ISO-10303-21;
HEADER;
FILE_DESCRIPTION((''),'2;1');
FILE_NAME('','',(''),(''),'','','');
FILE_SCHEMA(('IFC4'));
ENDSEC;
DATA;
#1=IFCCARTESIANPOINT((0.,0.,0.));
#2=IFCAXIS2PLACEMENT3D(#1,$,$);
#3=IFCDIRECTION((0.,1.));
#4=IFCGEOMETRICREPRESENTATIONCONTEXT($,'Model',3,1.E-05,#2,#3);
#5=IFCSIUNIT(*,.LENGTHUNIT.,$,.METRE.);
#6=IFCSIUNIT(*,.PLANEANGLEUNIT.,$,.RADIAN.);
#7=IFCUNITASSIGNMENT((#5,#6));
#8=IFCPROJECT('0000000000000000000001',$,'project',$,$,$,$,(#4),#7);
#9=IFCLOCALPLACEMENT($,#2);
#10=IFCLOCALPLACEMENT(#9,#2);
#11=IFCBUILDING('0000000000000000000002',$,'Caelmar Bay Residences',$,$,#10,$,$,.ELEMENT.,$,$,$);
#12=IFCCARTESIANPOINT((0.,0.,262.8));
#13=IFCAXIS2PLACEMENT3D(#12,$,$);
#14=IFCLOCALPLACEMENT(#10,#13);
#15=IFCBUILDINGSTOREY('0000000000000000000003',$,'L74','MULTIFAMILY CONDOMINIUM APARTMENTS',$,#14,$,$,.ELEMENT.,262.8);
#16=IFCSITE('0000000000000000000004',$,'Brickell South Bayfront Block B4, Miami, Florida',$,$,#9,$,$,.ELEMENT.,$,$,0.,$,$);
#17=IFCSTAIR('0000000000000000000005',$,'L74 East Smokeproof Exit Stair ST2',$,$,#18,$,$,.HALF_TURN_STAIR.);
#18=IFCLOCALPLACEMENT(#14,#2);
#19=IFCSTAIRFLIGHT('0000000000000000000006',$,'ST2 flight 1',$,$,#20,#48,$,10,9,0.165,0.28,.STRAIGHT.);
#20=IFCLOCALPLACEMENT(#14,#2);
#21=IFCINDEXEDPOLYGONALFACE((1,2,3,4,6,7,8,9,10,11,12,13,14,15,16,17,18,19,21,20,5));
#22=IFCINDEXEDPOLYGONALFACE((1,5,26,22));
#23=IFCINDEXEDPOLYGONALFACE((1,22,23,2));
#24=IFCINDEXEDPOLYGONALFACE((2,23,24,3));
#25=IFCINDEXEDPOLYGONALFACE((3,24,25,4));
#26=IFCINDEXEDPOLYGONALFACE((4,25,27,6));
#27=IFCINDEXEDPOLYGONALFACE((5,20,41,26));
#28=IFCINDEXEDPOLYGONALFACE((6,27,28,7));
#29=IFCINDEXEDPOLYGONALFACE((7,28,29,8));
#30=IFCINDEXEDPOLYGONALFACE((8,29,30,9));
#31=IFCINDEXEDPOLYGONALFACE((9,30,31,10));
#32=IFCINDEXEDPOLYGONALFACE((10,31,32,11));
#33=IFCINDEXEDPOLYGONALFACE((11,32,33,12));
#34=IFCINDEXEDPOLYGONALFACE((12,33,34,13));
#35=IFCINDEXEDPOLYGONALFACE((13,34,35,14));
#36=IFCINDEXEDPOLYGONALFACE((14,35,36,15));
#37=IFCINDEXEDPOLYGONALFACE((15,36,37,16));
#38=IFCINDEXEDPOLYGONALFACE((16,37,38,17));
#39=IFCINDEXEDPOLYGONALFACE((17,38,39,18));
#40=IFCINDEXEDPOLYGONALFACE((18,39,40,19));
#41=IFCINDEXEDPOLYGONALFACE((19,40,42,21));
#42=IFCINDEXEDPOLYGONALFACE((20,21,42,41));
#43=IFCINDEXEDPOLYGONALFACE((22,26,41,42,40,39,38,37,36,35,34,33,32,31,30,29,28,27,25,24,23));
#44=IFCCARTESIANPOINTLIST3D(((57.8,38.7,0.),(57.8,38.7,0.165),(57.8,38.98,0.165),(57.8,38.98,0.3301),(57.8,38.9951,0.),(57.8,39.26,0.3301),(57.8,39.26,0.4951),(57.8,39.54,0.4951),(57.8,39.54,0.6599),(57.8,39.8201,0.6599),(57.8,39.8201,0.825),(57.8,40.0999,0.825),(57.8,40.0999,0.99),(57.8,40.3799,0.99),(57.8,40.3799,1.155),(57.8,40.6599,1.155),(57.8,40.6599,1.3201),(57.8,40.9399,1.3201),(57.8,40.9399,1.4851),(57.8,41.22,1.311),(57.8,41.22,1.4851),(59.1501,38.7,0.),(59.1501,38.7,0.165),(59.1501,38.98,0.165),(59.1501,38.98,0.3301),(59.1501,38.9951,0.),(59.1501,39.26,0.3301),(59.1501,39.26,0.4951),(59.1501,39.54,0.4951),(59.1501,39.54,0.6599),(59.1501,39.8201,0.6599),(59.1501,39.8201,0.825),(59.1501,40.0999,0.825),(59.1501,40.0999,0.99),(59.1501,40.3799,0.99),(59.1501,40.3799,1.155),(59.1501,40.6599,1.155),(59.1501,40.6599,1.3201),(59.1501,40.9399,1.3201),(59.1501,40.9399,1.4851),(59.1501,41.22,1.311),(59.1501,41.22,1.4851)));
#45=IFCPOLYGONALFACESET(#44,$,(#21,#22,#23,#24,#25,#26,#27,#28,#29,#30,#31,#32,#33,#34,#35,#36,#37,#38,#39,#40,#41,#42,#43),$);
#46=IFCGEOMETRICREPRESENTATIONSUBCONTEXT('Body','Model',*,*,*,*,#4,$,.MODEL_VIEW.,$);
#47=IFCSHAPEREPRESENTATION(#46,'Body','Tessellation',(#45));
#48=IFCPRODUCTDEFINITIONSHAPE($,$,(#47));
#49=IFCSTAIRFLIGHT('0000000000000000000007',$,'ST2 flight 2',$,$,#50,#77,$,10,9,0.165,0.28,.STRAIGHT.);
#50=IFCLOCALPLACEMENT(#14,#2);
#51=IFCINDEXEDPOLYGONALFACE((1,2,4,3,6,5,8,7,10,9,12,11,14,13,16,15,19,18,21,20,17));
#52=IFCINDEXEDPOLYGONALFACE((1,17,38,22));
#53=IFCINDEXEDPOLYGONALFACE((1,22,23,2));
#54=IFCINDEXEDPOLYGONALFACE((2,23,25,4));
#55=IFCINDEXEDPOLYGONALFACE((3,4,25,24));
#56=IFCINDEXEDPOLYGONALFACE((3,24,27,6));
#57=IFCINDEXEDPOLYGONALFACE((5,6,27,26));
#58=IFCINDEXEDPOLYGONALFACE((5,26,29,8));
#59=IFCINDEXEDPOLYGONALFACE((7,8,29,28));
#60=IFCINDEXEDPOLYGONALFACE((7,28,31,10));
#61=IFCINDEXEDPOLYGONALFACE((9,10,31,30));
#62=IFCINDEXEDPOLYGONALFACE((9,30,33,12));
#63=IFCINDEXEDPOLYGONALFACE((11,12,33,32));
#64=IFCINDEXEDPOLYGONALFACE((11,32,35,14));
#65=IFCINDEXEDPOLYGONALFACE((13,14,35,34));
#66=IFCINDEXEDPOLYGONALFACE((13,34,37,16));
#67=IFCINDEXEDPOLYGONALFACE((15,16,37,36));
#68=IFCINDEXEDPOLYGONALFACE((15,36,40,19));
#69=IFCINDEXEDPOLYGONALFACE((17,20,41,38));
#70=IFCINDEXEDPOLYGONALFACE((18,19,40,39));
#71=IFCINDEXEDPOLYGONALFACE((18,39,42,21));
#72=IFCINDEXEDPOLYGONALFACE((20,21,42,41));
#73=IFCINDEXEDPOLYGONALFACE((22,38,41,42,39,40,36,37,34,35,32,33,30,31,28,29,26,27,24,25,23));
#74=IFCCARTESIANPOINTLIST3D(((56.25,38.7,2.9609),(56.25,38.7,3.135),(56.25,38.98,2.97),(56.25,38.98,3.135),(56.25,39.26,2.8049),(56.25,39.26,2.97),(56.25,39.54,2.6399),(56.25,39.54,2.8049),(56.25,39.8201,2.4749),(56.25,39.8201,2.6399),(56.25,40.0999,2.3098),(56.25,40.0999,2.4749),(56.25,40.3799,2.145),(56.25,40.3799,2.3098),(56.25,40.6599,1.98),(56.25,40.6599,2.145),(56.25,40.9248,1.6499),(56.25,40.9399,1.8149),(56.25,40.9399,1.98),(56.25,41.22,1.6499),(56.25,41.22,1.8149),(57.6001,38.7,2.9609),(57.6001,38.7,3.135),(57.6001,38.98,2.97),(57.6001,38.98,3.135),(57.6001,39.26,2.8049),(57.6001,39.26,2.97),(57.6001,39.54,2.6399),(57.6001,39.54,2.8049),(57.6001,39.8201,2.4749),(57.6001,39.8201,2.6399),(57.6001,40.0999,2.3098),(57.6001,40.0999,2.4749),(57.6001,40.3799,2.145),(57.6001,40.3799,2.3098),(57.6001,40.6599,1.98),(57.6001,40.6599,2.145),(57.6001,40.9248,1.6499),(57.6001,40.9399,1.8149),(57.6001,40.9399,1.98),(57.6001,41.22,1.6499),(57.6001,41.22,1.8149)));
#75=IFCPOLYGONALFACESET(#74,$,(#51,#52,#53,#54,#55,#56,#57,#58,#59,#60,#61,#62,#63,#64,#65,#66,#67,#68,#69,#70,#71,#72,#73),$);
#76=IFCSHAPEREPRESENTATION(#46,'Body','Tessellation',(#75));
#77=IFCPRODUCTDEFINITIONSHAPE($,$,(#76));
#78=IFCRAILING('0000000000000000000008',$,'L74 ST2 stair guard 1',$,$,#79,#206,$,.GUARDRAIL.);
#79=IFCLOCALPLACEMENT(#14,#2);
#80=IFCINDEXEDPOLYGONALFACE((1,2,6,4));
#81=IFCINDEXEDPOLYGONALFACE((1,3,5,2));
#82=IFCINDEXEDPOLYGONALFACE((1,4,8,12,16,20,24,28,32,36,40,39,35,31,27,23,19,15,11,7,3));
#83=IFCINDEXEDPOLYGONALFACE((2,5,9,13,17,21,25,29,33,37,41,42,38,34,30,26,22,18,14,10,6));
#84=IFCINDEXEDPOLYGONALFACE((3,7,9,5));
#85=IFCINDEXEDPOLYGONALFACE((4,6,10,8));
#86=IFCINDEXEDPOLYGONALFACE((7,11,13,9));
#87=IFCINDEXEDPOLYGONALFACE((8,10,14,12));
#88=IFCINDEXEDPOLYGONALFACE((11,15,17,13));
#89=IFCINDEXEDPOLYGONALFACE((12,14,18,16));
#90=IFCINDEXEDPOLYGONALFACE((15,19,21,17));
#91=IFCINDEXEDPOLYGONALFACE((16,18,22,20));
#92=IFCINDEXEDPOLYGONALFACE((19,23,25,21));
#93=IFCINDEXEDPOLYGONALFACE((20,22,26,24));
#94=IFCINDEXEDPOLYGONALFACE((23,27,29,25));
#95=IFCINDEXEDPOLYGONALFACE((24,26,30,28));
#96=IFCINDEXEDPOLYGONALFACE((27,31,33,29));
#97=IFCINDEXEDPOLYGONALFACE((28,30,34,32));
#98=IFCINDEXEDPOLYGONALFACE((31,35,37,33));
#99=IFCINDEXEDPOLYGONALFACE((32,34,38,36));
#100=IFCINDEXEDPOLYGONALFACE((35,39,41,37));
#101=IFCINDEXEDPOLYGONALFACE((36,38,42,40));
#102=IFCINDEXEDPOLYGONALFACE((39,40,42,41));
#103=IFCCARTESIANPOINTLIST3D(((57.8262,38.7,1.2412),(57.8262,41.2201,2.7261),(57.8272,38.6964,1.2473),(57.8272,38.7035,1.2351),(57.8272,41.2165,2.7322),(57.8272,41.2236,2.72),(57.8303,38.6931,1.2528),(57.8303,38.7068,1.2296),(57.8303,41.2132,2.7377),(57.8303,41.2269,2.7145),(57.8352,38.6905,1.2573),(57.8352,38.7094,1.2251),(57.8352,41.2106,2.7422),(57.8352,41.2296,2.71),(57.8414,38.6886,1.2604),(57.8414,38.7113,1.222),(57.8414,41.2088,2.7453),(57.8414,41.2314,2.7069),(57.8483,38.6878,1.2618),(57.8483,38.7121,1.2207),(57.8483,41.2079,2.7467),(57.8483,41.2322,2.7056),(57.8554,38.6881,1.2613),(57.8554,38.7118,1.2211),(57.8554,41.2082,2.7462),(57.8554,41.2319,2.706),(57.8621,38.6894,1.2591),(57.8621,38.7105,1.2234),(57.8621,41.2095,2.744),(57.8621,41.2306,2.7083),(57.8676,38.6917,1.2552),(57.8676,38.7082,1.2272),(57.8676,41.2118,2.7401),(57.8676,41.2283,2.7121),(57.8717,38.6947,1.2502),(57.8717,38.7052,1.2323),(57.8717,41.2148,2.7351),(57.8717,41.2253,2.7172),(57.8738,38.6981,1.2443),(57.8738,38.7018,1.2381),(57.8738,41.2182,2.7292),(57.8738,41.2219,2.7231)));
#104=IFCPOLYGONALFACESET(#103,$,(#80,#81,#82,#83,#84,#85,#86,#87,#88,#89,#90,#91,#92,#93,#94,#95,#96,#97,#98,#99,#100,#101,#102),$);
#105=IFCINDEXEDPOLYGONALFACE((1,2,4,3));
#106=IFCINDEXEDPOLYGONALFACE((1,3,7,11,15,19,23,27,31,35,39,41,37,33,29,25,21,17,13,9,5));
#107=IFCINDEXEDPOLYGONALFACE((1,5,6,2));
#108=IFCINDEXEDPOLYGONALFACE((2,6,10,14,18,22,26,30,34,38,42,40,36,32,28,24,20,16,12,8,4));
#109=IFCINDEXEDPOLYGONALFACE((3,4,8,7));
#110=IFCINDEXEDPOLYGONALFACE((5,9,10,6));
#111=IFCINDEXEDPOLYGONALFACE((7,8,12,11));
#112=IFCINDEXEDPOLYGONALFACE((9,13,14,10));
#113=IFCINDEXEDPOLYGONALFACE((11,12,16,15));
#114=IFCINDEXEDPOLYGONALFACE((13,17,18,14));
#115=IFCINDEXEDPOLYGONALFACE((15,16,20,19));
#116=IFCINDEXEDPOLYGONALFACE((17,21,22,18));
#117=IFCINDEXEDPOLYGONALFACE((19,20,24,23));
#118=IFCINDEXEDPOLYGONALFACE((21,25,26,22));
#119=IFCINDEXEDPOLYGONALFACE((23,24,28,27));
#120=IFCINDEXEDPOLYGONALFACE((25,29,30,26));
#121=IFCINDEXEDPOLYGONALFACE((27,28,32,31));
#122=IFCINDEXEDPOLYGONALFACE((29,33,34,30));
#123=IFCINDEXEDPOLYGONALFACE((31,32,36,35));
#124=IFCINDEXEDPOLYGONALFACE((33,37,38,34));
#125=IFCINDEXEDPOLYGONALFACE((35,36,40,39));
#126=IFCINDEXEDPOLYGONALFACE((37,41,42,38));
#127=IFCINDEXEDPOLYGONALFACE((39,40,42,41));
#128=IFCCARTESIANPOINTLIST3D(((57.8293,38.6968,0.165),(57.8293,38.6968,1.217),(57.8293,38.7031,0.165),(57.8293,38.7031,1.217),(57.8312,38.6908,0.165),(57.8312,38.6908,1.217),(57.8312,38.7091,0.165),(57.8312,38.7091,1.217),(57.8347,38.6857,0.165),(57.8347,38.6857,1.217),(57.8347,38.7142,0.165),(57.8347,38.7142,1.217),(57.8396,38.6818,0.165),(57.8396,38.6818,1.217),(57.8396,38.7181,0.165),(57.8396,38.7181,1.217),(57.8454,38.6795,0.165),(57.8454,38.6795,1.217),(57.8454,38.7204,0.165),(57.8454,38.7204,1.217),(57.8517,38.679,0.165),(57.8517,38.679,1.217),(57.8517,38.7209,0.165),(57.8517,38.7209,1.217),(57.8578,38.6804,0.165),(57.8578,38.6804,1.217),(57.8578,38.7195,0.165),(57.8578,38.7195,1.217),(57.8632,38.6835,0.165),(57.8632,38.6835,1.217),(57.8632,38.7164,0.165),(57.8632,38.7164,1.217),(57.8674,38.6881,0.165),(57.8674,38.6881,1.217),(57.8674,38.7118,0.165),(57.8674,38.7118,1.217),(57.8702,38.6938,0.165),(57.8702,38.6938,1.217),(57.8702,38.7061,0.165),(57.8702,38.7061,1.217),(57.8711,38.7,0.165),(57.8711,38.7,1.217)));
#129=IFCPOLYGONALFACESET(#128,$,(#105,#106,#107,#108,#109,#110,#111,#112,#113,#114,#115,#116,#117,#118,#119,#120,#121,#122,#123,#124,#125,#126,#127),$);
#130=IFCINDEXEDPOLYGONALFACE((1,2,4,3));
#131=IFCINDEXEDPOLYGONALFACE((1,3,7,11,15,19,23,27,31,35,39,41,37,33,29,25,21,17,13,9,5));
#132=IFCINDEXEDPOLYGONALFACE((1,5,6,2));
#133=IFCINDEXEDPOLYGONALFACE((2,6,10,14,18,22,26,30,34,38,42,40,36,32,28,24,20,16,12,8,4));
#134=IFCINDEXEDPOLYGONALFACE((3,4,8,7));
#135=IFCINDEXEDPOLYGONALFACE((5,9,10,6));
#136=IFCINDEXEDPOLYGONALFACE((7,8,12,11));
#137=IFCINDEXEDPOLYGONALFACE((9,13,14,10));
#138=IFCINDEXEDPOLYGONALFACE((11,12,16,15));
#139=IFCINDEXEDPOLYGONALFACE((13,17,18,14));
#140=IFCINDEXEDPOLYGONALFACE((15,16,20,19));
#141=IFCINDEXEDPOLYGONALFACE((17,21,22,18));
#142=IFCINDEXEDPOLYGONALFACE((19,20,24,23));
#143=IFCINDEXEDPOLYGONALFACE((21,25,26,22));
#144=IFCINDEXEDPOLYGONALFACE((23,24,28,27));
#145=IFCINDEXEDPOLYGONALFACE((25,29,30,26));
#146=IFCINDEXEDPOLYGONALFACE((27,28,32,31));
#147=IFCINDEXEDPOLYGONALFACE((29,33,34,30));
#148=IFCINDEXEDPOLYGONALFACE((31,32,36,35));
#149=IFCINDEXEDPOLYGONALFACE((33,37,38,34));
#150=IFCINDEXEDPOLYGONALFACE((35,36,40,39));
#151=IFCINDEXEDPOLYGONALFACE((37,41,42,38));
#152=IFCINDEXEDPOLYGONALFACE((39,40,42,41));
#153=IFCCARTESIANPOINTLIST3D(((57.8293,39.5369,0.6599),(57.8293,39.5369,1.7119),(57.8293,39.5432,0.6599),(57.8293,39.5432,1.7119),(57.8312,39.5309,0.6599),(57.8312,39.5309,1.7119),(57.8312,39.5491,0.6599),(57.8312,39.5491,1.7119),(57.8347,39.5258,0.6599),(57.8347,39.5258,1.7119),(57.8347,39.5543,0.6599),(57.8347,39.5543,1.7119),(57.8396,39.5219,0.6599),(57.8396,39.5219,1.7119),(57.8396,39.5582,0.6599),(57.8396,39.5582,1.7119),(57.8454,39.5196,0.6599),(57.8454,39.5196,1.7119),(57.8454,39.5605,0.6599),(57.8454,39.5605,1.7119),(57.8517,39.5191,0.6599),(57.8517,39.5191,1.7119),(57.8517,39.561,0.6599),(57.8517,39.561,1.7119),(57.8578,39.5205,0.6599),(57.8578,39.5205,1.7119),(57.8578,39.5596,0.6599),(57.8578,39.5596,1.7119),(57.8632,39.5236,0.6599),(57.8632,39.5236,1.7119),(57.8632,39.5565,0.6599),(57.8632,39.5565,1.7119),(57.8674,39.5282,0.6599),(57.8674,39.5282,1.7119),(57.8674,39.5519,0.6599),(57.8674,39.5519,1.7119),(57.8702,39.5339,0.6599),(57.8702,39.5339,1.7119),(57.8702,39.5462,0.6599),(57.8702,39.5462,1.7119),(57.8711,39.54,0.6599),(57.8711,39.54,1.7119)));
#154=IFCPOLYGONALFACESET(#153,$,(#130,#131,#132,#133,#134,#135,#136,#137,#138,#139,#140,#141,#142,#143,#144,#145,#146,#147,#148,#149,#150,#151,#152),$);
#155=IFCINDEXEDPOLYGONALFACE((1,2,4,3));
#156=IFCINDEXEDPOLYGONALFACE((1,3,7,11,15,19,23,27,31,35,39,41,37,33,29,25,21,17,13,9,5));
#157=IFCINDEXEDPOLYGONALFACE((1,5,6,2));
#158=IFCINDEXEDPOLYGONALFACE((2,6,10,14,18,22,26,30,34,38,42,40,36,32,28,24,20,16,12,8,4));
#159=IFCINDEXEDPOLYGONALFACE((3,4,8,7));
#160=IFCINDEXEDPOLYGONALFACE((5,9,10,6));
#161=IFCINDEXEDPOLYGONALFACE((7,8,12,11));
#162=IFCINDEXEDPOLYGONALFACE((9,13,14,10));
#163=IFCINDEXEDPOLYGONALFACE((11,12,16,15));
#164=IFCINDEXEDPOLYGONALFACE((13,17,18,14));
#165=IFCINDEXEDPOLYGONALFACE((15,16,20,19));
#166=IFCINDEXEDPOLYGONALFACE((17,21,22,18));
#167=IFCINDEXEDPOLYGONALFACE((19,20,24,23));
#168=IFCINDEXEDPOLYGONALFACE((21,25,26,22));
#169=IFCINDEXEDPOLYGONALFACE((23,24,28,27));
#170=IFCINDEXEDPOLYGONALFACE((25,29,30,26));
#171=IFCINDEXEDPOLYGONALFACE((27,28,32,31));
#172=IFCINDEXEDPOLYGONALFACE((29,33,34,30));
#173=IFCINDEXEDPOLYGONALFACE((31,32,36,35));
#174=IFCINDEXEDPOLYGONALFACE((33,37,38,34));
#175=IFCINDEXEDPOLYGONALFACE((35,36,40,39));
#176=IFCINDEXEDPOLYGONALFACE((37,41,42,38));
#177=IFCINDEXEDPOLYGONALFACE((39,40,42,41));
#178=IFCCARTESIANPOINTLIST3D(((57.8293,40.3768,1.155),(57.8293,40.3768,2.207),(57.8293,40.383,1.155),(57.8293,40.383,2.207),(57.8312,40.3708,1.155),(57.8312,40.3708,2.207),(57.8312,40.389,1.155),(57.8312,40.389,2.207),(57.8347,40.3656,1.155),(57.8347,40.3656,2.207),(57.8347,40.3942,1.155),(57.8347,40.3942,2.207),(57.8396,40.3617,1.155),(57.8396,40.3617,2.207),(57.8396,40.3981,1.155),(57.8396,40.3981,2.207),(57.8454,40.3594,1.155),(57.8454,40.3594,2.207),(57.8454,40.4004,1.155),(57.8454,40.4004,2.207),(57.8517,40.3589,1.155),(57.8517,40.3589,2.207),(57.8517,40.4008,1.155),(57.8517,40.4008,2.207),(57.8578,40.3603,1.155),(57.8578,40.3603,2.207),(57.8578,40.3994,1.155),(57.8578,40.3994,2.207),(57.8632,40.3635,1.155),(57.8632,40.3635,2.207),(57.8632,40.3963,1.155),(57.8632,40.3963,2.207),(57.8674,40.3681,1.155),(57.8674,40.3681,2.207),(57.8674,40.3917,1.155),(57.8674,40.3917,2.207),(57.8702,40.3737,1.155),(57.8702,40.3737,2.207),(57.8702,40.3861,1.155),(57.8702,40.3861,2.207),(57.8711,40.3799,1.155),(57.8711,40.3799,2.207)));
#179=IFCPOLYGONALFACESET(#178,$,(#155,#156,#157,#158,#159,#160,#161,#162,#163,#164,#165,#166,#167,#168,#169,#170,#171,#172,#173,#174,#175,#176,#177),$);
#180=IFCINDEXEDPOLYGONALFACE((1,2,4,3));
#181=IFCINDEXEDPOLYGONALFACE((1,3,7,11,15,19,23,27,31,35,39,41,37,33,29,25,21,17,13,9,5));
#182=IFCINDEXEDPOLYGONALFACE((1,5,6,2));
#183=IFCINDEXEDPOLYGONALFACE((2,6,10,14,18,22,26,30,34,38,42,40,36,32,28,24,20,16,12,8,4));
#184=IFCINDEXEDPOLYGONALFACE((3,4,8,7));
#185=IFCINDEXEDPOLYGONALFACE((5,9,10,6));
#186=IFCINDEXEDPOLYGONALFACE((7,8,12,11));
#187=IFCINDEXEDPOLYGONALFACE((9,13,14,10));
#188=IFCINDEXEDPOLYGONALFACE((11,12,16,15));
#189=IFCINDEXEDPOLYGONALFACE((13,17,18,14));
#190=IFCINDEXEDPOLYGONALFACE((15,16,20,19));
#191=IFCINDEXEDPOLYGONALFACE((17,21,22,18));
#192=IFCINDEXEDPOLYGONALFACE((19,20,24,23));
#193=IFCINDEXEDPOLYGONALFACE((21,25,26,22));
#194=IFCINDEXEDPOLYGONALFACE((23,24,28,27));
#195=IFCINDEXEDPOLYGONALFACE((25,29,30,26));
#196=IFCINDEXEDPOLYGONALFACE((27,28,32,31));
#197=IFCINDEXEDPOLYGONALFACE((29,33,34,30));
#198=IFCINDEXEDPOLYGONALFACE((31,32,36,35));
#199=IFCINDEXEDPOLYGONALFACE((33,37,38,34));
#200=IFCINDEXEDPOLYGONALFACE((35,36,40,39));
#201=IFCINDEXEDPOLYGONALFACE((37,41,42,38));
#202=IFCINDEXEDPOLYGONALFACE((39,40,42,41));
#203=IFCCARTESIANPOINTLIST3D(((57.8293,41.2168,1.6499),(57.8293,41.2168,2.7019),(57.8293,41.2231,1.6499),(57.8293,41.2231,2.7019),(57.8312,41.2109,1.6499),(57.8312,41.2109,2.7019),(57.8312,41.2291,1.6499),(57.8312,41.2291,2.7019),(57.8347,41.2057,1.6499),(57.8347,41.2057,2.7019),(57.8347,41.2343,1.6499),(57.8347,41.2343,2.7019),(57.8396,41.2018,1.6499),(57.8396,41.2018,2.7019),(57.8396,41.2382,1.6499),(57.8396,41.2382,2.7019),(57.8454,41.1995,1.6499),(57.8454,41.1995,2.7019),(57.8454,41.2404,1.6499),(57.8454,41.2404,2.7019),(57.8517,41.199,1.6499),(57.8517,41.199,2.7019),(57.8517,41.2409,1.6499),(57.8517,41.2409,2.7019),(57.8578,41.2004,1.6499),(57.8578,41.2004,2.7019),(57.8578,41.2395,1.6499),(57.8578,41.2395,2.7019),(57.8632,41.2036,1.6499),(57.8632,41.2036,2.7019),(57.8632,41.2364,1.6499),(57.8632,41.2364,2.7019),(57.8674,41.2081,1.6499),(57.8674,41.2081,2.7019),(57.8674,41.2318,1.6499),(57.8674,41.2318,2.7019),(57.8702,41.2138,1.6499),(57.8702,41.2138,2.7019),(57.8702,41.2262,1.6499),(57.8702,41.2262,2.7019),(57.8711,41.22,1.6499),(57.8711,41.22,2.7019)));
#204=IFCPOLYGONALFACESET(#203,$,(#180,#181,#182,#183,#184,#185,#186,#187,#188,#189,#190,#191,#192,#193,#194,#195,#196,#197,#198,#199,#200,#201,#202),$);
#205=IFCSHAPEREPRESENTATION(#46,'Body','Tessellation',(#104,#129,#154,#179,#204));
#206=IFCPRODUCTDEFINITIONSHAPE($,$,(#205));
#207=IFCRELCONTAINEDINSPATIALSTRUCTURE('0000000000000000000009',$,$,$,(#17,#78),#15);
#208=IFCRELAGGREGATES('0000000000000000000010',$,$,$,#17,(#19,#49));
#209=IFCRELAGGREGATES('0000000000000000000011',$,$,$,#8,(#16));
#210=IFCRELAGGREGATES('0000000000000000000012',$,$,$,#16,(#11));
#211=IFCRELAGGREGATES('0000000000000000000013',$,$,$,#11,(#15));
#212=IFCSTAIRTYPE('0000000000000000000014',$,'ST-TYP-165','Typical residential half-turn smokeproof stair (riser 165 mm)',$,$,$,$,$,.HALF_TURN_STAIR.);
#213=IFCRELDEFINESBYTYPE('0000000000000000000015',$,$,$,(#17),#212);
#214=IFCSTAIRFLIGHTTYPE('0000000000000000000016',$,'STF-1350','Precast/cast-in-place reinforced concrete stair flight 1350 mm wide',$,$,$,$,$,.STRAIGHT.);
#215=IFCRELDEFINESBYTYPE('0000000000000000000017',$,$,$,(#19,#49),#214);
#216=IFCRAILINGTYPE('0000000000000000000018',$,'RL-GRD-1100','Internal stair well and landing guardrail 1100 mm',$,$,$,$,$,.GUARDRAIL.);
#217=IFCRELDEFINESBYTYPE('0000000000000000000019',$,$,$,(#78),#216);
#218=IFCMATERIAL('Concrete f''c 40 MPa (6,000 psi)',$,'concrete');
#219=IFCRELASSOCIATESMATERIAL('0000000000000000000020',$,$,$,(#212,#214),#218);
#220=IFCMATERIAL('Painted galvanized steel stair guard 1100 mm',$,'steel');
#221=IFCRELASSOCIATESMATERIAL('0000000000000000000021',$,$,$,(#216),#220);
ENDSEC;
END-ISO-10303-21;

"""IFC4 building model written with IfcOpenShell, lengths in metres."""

from ifc_helpers import new_model, si_unit, direction, frame, origin, origin_2d, place, context, subcontext, project, spatial, polyline, circle, outline, extrude, material, type_object, element, aggregate, save


model = new_model("IFC4")

# Units and contexts
model_context = context("Model", 3, precision=1e-05, world=origin(), true_north=direction((0.0, 1.0)))
body_context = subcontext(model_context, "Body", "Model", "MODEL_VIEW")
ifc_project = project(units=[si_unit("LENGTHUNIT", "METRE"), si_unit("PLANEANGLEUNIT", "RADIAN")], contexts=[model_context])

# Site, building, storey
site_placement = place(None, origin())
site = spatial("IfcSite", under=ifc_project, at=site_placement, Name="Brickell South Bayfront Block B4, Miami, Florida", CompositionType="ELEMENT", RefElevation=0.0)
building_placement = place(site_placement, origin())
building = spatial("IfcBuilding", under=site, at=building_placement, Name="Caelmar Bay Residences", CompositionType="ELEMENT")
storey_placement = place(building_placement, frame((0.0, 0.0, 262.8)))
storey = spatial("IfcBuildingStorey", under=building, at=storey_placement, Name="L74", Description="MULTIFAMILY CONDOMINIUM APARTMENTS", CompositionType="ELEMENT", Elevation=262.8)

# Stair, stair flights
ifc_material_1 = material(Name="Concrete f'c 40 MPa (6,000 psi)", Category="concrete")
stair_type = type_object("IfcStairType", Name="ST-TYP-165", Description="Typical residential half-turn smokeproof stair (riser 165 mm)", PredefinedType="HALF_TURN_STAIR", material=ifc_material_1)
stair_placement = place(storey_placement, origin())
stair = element("IfcStair", 1, at=stair_placement, inside=storey, type_object=stair_type, Name="L74 East Smokeproof Exit Stair ST2", PredefinedType="HALF_TURN_STAIR")
stair_flight_type = type_object("IfcStairFlightType", Name="STF-1350", Description="Precast/cast-in-place reinforced concrete stair flight 1350 mm wide", PredefinedType="STRAIGHT", material=ifc_material_1)
stair_flight_1_placement = place(storey_placement, frame((58.4751, 38.7, 0.0), z_axis=(0.0, 0.0, 1.0), x_axis=(0.0, 1.0, 0.0)))
stair_flight_1 = element("IfcStairFlight", 2, at=stair_flight_1_placement, type_object=stair_flight_type, Name="ST2 flight 1", NumberOfRisers=10, NumberOfTreads=9, PredefinedType="STRAIGHT", RiserHeight=0.165, TreadLength=0.28, context=body_context, shape_type="SweptSolid", body=[
    extrude(outline(polyline([(0.0, 0.0), (0.0, 0.165), (0.28, 0.165), (0.28, 0.3301), (0.5601, 0.3301), (0.5601, 0.4951), (0.8401, 0.4951), (0.8401, 0.6599), (1.1201, 0.6599), (1.1201, 0.825), (1.3999, 0.825), (1.3999, 0.99), (1.6799, 0.99), (1.6799, 1.155), (1.96, 1.155), (1.96, 1.3201), (2.24, 1.3201), (2.24, 1.4851), (2.52, 1.4851), (2.52, 1.6499), (2.52, 1.311), (0.2952, 0.0), (0.0, 0.0)])), frame((0.0, 0.675, 0.0), z_axis=(0.0, -1.0, 0.0), x_axis=(1.0, 0.0, 0.0)), (0.0, 0.0, 1.0), 1.3501),
])
stair_flight_2_placement = place(storey_placement, frame((56.925, 41.22, 1.6499), z_axis=(0.0, 0.0, 1.0), x_axis=(0.0, -1.0, 0.0)))
stair_flight_2 = element("IfcStairFlight", 3, at=stair_flight_2_placement, type_object=stair_flight_type, Name="ST2 flight 2", NumberOfRisers=10, NumberOfTreads=9, PredefinedType="STRAIGHT", RiserHeight=0.165, TreadLength=0.28, context=body_context, shape_type="SweptSolid", body=[
    extrude(outline(polyline([(0.0, 0.0), (0.0, 0.165), (0.28, 0.165), (0.28, 0.3301), (0.5601, 0.3301), (0.5601, 0.4951), (0.8401, 0.4951), (0.8401, 0.6599), (1.1201, 0.6599), (1.1201, 0.825), (1.3999, 0.825), (1.3999, 0.99), (1.6799, 0.99), (1.6799, 1.155), (1.96, 1.155), (1.96, 1.3201), (2.24, 1.3201), (2.24, 1.4851), (2.52, 1.4851), (2.52, 1.6499), (2.52, 1.311), (0.2952, 0.0), (0.0, 0.0)])), frame((0.0, 0.675, 0.0), z_axis=(0.0, -1.0, 0.0), x_axis=(1.0, 0.0, 0.0)), (0.0, 0.0, 1.0), 1.3501),
])
aggregate(stair, [stair_flight_1, stair_flight_2])

# Railing
ifc_material_2 = material(Name="Painted galvanized steel stair guard 1100 mm", Category="steel")
railing_type_1 = type_object("IfcRailingType", Name="RL-GRD-1100", Description="Internal stair well and landing guardrail 1100 mm", PredefinedType="GUARDRAIL", material=ifc_material_2)
railing_1_placement = place(storey_placement, frame((57.8501, 38.7, 0.165)))
element("IfcRailing", 4, at=railing_1_placement, inside=storey, type_object=railing_type_1, Name="L74 ST2 stair guard 1", PredefinedType="GUARDRAIL", context=body_context, shape_type="SweptSolid", body=[
    extrude(circle(Radius=0.0239, at=origin_2d()), frame((0.0, 0.0, 1.0762), z_axis=(0.0, 0.861561, 0.507655), x_axis=(-1.0, 0.0, 0.0)), (0.0, 0.0, 1.0), 2.925),
    extrude(circle(Radius=0.021, at=origin_2d()), origin(), (0.0, 0.0, 1.0), 1.052),
    extrude(circle(Radius=0.021, at=origin_2d()), frame((0.0, 0.8401, 0.4949)), (0.0, 0.0, 1.0), 1.052),
    extrude(circle(Radius=0.021, at=origin_2d()), frame((0.0, 1.6799, 0.99)), (0.0, 0.0, 1.0), 1.052),
    extrude(circle(Radius=0.021, at=origin_2d()), frame((0.0, 2.52, 1.4849)), (0.0, 0.0, 1.0), 1.052),
])

save(model, "model.ifc")
